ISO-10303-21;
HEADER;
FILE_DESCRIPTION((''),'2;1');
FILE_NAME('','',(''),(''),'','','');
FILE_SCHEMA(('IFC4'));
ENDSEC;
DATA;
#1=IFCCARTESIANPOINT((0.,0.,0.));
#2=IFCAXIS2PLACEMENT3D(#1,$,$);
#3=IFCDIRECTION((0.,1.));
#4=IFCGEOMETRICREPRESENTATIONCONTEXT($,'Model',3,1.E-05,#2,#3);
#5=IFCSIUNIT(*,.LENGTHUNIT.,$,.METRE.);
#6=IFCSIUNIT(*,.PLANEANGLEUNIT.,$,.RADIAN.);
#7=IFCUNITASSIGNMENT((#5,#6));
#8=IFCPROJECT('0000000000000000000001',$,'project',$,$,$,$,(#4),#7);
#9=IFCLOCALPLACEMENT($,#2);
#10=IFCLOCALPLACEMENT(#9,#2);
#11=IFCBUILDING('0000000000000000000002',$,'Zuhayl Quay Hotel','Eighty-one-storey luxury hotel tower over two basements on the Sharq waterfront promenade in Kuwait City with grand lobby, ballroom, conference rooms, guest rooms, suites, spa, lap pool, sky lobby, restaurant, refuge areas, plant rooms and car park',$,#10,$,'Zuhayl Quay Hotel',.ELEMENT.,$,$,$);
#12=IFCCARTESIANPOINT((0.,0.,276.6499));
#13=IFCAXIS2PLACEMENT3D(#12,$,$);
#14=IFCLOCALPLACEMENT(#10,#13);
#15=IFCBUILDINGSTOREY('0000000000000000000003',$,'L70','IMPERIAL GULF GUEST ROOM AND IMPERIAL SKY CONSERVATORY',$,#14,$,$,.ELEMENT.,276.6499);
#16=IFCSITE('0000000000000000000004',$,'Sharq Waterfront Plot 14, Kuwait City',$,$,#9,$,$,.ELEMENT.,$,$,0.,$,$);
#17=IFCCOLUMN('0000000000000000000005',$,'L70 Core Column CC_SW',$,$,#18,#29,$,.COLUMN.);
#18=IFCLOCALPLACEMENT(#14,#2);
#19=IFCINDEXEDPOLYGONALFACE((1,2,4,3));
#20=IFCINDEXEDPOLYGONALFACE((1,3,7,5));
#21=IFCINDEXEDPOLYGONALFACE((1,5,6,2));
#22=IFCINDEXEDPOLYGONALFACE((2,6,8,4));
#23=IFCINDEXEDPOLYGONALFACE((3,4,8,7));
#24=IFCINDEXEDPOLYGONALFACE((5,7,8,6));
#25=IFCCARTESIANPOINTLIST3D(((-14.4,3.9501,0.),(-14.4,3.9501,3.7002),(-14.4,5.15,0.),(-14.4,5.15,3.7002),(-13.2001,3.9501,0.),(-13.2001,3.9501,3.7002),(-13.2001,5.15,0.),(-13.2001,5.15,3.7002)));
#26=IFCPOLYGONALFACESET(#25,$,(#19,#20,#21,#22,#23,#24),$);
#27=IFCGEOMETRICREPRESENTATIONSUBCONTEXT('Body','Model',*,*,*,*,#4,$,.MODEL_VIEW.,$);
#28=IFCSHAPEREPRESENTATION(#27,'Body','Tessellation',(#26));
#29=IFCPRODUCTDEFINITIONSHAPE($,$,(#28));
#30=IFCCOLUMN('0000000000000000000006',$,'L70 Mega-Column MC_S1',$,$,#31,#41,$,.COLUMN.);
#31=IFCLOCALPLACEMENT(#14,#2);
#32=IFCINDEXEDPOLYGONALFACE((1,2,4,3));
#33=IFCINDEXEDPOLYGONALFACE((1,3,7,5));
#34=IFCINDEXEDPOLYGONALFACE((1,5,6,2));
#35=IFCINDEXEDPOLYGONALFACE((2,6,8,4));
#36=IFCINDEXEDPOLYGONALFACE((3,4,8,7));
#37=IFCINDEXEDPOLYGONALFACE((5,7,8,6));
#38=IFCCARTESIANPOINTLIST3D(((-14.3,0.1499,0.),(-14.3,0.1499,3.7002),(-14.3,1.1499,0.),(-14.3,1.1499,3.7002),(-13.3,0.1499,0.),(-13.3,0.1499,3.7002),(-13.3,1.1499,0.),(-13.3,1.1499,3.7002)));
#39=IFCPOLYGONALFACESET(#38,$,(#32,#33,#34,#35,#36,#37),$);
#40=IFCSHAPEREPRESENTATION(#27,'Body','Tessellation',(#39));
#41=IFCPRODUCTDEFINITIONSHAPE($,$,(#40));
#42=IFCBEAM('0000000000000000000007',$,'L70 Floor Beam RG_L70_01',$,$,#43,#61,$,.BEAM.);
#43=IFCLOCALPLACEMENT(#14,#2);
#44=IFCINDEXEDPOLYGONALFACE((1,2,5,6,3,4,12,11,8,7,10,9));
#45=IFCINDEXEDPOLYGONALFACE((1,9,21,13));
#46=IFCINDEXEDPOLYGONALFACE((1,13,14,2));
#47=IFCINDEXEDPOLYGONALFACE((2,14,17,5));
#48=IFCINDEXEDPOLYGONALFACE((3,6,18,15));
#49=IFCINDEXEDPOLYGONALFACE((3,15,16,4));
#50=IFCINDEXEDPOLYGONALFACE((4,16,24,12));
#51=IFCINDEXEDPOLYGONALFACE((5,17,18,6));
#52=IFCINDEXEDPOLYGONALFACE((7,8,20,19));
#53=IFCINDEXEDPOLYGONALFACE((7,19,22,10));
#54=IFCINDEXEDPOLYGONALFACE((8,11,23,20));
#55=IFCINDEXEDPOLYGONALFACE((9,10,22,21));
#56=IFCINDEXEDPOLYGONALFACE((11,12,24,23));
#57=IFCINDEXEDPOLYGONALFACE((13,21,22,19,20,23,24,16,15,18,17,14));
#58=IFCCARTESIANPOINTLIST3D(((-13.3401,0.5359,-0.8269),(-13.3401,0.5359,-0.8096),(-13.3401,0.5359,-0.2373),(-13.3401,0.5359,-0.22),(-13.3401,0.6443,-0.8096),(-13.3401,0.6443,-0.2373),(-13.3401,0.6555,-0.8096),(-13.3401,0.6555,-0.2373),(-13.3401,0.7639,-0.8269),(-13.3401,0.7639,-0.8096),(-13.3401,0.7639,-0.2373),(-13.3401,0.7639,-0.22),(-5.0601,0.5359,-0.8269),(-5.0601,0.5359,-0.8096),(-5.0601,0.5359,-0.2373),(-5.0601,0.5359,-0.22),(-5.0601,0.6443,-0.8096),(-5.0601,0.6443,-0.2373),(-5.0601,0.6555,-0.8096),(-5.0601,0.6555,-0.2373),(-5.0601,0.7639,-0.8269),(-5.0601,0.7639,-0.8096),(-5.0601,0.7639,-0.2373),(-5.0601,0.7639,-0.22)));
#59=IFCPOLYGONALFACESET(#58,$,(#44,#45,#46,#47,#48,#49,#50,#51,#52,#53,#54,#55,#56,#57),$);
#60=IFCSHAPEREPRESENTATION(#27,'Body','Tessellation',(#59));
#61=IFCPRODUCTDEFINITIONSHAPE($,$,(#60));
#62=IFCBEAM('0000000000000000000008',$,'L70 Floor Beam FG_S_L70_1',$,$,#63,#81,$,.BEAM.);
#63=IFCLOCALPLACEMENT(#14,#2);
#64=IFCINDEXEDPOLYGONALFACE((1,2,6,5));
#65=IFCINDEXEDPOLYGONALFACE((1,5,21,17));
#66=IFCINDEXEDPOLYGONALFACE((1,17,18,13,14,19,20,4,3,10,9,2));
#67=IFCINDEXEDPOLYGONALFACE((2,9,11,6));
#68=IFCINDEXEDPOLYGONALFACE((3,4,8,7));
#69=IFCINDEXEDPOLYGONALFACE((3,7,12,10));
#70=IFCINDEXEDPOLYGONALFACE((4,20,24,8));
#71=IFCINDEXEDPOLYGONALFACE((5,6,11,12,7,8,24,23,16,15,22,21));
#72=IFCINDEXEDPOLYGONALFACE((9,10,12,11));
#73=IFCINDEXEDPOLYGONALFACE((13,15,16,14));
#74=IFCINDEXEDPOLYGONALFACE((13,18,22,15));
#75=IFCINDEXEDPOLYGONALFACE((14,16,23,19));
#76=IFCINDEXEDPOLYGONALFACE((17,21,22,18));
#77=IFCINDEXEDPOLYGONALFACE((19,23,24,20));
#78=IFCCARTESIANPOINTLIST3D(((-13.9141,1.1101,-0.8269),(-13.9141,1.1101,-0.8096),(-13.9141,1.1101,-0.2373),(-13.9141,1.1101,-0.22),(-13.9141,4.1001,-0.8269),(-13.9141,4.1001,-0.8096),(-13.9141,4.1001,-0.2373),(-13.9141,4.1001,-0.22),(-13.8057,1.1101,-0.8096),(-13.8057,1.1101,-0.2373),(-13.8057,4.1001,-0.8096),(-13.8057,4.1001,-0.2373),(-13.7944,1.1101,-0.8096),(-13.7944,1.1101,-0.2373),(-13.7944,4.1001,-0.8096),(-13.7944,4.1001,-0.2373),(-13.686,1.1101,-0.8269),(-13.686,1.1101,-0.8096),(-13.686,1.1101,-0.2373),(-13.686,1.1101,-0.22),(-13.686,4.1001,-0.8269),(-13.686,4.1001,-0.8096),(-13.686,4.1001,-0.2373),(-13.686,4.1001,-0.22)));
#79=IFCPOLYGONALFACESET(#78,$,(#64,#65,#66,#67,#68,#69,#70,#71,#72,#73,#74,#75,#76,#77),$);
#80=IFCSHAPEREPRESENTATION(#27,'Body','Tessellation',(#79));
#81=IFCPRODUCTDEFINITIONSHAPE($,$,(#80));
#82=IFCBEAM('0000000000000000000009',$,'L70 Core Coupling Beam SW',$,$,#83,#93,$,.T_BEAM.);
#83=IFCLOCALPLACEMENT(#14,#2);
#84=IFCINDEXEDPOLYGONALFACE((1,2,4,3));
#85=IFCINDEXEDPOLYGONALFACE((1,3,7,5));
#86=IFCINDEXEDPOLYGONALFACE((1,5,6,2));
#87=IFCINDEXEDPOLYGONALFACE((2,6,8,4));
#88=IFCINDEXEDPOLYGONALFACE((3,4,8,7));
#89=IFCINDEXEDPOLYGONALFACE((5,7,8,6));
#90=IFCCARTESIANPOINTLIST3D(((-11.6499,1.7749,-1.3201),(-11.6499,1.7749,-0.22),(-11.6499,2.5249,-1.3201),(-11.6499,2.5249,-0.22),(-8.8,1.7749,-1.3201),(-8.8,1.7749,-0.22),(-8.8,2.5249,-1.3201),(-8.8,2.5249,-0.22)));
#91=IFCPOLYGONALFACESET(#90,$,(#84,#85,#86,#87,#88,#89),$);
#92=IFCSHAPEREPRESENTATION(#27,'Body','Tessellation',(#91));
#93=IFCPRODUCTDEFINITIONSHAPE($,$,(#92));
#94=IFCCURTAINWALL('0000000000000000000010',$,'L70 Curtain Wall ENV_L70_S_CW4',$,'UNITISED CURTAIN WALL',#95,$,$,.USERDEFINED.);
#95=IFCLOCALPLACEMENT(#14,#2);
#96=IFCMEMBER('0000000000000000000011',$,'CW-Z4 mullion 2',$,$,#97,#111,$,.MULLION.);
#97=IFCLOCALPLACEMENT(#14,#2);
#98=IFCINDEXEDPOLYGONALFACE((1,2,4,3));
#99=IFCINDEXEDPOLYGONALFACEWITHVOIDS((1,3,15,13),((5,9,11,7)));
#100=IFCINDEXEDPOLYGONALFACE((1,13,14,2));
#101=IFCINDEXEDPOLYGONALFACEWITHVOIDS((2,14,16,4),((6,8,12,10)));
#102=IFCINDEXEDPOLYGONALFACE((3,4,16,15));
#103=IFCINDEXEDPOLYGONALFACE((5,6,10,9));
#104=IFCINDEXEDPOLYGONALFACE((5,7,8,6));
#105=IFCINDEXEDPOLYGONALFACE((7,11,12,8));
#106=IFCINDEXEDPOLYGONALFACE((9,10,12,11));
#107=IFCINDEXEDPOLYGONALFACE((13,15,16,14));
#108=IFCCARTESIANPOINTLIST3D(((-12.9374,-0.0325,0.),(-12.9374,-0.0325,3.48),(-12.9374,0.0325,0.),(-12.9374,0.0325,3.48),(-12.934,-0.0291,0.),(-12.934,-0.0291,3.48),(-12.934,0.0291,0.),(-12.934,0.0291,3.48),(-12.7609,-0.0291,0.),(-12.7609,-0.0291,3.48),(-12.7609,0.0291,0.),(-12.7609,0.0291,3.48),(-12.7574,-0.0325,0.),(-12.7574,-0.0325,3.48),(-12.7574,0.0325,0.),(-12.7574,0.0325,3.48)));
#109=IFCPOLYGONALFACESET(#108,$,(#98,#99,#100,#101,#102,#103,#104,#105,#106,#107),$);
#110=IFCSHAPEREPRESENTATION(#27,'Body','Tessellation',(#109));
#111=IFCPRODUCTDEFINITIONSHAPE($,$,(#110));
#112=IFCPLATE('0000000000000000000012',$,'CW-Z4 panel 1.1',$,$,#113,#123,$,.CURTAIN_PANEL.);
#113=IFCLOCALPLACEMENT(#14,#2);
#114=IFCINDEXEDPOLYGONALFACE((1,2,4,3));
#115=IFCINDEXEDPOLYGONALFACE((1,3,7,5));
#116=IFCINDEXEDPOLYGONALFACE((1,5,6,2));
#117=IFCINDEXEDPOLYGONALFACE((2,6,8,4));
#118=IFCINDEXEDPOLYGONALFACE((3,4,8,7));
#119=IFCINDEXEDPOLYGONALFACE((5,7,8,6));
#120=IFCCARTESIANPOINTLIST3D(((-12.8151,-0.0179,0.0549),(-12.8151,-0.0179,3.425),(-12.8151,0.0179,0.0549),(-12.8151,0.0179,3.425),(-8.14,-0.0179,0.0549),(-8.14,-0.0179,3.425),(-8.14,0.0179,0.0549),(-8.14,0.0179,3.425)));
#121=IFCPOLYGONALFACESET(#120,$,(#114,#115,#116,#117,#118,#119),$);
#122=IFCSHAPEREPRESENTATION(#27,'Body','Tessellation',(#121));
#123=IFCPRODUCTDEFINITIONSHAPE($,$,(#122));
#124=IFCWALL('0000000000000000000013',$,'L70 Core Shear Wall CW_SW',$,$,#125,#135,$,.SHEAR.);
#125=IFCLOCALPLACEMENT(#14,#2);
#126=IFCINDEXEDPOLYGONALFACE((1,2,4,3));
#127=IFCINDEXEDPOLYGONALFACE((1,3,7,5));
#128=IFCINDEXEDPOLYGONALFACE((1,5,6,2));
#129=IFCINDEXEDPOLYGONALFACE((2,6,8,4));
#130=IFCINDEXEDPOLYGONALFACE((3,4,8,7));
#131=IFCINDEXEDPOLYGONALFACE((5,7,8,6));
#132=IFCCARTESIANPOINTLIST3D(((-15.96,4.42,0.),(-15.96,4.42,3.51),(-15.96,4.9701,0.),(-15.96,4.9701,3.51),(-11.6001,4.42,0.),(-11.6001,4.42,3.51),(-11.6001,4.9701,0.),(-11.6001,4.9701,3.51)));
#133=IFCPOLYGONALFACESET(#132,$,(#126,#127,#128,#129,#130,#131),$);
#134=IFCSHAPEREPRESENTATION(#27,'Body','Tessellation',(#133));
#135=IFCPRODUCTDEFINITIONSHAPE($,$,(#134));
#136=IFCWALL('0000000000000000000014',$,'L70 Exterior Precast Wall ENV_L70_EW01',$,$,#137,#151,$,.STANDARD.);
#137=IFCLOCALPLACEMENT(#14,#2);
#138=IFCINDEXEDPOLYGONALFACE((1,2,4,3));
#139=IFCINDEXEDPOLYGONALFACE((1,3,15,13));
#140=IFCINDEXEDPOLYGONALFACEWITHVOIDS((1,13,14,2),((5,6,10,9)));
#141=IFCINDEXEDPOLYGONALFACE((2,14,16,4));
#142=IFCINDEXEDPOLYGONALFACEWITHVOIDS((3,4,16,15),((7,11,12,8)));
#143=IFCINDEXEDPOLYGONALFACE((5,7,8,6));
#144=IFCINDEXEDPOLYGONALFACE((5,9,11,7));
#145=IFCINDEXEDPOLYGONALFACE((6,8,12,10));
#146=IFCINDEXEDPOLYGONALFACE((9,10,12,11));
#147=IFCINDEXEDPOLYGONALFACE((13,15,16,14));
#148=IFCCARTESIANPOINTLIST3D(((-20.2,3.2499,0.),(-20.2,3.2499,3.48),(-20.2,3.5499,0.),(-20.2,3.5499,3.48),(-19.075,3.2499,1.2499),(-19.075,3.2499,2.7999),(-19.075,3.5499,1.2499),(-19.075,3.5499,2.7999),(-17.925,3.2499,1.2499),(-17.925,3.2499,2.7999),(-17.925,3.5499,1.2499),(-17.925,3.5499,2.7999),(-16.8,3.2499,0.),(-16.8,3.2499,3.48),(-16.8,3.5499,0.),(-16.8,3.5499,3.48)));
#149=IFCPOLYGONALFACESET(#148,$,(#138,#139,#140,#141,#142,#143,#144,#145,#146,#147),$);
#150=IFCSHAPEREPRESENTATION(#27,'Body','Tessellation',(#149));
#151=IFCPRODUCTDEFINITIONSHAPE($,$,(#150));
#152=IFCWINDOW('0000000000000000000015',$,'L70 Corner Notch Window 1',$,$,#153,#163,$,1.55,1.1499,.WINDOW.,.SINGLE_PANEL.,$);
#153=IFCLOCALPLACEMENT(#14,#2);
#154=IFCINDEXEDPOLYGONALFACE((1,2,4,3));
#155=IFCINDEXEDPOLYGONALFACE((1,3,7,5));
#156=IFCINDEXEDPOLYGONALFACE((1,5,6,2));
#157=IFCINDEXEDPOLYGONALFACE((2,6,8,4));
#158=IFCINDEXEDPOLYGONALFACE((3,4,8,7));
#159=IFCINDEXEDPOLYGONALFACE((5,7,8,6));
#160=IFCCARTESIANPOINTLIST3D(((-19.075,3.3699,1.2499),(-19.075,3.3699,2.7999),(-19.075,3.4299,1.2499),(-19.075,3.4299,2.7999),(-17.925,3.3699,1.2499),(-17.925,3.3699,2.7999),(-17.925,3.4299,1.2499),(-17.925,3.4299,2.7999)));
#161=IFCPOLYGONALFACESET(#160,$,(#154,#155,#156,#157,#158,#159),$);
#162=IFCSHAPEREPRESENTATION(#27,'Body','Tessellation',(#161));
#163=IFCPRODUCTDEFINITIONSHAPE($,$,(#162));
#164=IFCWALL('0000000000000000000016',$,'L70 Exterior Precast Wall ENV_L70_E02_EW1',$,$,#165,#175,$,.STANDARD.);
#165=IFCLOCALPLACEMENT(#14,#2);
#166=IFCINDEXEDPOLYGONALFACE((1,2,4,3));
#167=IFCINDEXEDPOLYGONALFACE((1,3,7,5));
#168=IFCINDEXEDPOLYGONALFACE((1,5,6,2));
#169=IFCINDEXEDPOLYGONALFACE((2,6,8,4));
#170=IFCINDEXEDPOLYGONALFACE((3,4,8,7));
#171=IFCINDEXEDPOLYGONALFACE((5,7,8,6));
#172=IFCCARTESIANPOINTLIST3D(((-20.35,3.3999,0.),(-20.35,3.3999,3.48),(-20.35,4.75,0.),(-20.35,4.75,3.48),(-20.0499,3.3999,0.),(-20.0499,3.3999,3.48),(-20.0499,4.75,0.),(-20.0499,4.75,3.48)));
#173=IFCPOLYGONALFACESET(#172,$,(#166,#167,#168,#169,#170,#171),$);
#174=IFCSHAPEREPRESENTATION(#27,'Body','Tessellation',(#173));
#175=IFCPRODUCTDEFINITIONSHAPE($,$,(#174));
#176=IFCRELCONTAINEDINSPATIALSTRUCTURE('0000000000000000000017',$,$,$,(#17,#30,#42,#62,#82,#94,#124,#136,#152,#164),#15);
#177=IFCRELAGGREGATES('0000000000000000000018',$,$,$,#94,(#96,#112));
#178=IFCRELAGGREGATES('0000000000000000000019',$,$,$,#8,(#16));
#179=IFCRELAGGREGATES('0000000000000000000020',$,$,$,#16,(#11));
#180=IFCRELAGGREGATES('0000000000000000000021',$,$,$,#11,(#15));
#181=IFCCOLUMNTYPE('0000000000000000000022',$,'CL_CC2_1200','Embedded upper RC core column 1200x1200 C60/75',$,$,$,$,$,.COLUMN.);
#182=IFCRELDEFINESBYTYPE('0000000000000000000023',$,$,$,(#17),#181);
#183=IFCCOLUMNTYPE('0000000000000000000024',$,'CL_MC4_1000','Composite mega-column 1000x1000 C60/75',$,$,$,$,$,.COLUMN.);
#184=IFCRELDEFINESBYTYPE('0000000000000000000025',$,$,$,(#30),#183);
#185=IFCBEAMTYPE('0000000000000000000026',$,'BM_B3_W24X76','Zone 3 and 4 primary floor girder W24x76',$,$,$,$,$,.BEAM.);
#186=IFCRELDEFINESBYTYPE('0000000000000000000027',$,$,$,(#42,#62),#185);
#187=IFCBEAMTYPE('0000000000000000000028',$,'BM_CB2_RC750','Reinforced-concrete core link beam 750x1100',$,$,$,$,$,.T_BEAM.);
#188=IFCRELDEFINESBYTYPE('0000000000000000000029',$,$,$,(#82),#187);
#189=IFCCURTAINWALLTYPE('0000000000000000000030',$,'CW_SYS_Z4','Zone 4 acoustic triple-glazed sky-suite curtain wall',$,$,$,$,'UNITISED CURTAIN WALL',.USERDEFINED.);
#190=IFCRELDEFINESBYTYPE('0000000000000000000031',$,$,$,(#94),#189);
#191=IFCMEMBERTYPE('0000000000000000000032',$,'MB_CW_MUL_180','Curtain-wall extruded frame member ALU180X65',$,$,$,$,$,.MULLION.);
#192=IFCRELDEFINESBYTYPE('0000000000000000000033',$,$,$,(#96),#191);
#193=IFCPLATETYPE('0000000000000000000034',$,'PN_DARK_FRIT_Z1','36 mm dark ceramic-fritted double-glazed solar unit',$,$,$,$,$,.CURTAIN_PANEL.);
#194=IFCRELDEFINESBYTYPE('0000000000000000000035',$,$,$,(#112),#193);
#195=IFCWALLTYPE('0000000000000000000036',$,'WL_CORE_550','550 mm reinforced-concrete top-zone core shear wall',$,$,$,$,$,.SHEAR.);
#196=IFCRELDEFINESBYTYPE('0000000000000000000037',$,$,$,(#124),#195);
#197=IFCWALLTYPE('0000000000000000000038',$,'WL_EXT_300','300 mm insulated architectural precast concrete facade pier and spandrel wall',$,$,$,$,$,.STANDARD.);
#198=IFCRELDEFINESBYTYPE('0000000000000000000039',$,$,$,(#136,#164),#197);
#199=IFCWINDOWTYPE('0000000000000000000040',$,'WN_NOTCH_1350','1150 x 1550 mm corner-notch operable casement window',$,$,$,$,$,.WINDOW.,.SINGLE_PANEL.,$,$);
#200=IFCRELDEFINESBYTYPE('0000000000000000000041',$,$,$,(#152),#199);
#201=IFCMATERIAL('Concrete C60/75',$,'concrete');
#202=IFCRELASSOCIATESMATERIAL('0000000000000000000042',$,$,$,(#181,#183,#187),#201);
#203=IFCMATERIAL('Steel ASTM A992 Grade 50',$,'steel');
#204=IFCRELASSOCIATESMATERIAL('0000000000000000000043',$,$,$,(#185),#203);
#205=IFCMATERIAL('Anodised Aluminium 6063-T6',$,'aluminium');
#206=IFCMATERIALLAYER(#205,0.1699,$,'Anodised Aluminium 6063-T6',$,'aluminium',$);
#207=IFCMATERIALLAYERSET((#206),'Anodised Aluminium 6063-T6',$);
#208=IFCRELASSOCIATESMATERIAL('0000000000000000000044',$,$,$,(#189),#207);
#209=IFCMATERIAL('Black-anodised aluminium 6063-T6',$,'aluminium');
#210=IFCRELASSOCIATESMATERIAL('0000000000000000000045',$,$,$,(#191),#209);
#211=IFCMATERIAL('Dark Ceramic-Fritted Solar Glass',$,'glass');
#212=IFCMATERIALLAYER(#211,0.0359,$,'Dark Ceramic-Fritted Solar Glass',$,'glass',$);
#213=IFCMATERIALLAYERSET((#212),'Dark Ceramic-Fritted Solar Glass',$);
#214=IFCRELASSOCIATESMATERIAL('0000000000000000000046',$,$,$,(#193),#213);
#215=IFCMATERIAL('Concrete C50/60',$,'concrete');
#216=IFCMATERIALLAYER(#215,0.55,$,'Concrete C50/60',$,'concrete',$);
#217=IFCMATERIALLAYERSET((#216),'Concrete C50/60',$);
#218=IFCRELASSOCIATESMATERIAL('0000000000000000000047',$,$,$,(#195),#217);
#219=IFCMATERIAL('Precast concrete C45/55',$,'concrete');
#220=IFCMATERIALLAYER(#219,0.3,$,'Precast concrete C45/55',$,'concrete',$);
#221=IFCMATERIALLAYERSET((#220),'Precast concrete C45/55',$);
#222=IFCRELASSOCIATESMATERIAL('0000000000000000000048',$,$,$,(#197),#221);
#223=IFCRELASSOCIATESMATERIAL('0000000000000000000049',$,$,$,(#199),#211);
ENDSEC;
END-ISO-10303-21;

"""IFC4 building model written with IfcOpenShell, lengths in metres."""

from ifc_helpers import new_model, si_unit, direction, frame, frame_2d, origin, origin_2d, place, context, subcontext, project, spatial, rectangle, hollow_rectangle, i_section, extrude, material, layer, layer_set, material_profile, profile_set, type_object, element, fill, aggregate, save


model = new_model("IFC4")

# Units and contexts
model_context = context("Model", 3, precision=1e-05, world=origin(), true_north=direction((0.0, 1.0)))
body_context = subcontext(model_context, "Body", "Model", "MODEL_VIEW")
ifc_project = project(units=[si_unit("LENGTHUNIT", "METRE"), si_unit("PLANEANGLEUNIT", "RADIAN")], contexts=[model_context])

# Site, building, storey
site_placement = place(None, origin())
site = spatial("IfcSite", under=ifc_project, at=site_placement, Name="Sharq Waterfront Plot 14, Kuwait City", CompositionType="ELEMENT", RefElevation=0.0)
building_placement = place(site_placement, origin())
building = spatial("IfcBuilding", under=site, at=building_placement, Name="Zuhayl Quay Hotel", Description="Eighty-one-storey luxury hotel tower over two basements on the Sharq waterfront promenade in Kuwait City with grand lobby, ballroom, conference rooms, guest rooms, suites, spa, lap pool, sky lobby, restaurant, refuge areas, plant rooms and car park", LongName="Zuhayl Quay Hotel", CompositionType="ELEMENT")
storey_placement = place(building_placement, frame((0.0, 0.0, 276.6499)))
storey = spatial("IfcBuildingStorey", under=building, at=storey_placement, Name="L70", Description="IMPERIAL GULF GUEST ROOM AND IMPERIAL SKY CONSERVATORY", CompositionType="ELEMENT", Elevation=276.6499)

# Columns
ifc_material_1 = material(Name="Concrete C60/75", Category="concrete")
ifc_material_profile_1 = material_profile(ifc_material_1, rectangle(XDim=1.2, YDim=1.2, at=origin_2d()), Name="RC1200X1200")
ifc_profile_set_1 = profile_set([ifc_material_profile_1], Name="Concrete C60/75")
column_type_1 = type_object("IfcColumnType", Name="CL_CC2_1200", Description="Embedded upper RC core column 1200x1200 C60/75", PredefinedType="COLUMN", material=ifc_profile_set_1)
column_1_placement = place(storey_placement, frame((-13.8, 4.55, 0.0), z_axis=(0.0, 0.0, 1.0), x_axis=(1.0, 0.0, 0.0)))
element("IfcColumn", 1, at=column_1_placement, inside=storey, type_object=column_type_1, Name="L70 Core Column CC_SW", PredefinedType="COLUMN", context=body_context, shape_type="SweptSolid", body=[
    extrude(rectangle(XDim=1.2, YDim=1.2, at=origin_2d()), origin(), (0.0, 0.0, 1.0), 3.7002),
])
ifc_material_profile_2 = material_profile(ifc_material_1, rectangle(XDim=1.0, YDim=1.0, at=origin_2d()), Name="RC1000X1000")
ifc_profile_set_2 = profile_set([ifc_material_profile_2], Name="Concrete C60/75")
column_type_2 = type_object("IfcColumnType", Name="CL_MC4_1000", Description="Composite mega-column 1000x1000 C60/75", PredefinedType="COLUMN", material=ifc_profile_set_2)
column_2_placement = place(storey_placement, frame((-13.8, 0.6499, 0.0), z_axis=(0.0, 0.0, 1.0), x_axis=(1.0, 0.0, 0.0)))
element("IfcColumn", 2, at=column_2_placement, inside=storey, type_object=column_type_2, Name="L70 Mega-Column MC_S1", PredefinedType="COLUMN", context=body_context, shape_type="SweptSolid", body=[
    extrude(rectangle(XDim=1.0, YDim=1.0, at=origin_2d()), origin(), (0.0, 0.0, 1.0), 3.7002),
])

# Beams
ifc_material_2 = material(Name="Steel ASTM A992 Grade 50", Category="steel")
ifc_material_profile_3 = material_profile(ifc_material_2, i_section(OverallWidth=0.228, OverallDepth=0.6069, WebThickness=0.0112, FlangeThickness=0.0173, at=origin_2d()), Name="W24X76")
ifc_profile_set_3 = profile_set([ifc_material_profile_3], Name="Steel ASTM A992 Grade 50")
beam_type_1 = type_object("IfcBeamType", Name="BM_B3_W24X76", Description="Zone 3 and 4 primary floor girder W24x76", PredefinedType="BEAM", material=ifc_profile_set_3)
beam_1_placement = place(storey_placement, frame((-13.3401, 0.6499, -0.5234), z_axis=(1.0, 0.0, 0.0), x_axis=(0.0, 1.0, 0.0)))
element("IfcBeam", 3, at=beam_1_placement, inside=storey, type_object=beam_type_1, Name="L70 Floor Beam RG_L70_01", PredefinedType="BEAM", context=body_context, shape_type="SweptSolid", body=[
    extrude(i_section(OverallWidth=0.228, OverallDepth=0.6069, WebThickness=0.0112, FlangeThickness=0.0173, at=origin_2d()), origin(), (0.0, 0.0, 1.0), 8.28),
])
beam_2_placement = place(storey_placement, frame((-13.8, 1.1101, -0.5234), z_axis=(0.0, 1.0, 0.0), x_axis=(-1.0, 0.0, 0.0)))
element("IfcBeam", 4, at=beam_2_placement, inside=storey, type_object=beam_type_1, Name="L70 Floor Beam FG_S_L70_1", PredefinedType="BEAM", context=body_context, shape_type="SweptSolid", body=[
    extrude(i_section(OverallWidth=0.228, OverallDepth=0.6069, WebThickness=0.0112, FlangeThickness=0.0173, at=origin_2d()), origin(), (0.0, 0.0, 1.0), 2.99),
])
ifc_material_profile_4 = material_profile(ifc_material_1, rectangle(XDim=0.75, YDim=1.1001, at=origin_2d()), Name="RC750X1100")
ifc_profile_set_4 = profile_set([ifc_material_profile_4], Name="Concrete C60/75")
beam_type_2 = type_object("IfcBeamType", Name="BM_CB2_RC750", Description="Reinforced-concrete core link beam 750x1100", PredefinedType="T_BEAM", material=ifc_profile_set_4)
beam_3_placement = place(storey_placement, frame((-11.6499, 2.1499, -0.77), z_axis=(1.0, 0.0, 0.0), x_axis=(0.0, 1.0, 0.0)))
element("IfcBeam", 5, at=beam_3_placement, inside=storey, type_object=beam_type_2, Name="L70 Core Coupling Beam SW", PredefinedType="T_BEAM", context=body_context, shape_type="SweptSolid", body=[
    extrude(rectangle(XDim=0.75, YDim=1.1001, at=origin_2d()), origin(), (0.0, 0.0, 1.0), 2.8499),
])

# Curtain wall, member, plate
ifc_material_3 = material(Name="Anodised Aluminium 6063-T6", Category="aluminium")
ifc_layer_1 = layer(ifc_material_3, 0.1699, Name="Anodised Aluminium 6063-T6", Category="aluminium")
ifc_layer_set_1 = layer_set([ifc_layer_1], Name="Anodised Aluminium 6063-T6")
curtain_wall_type = type_object("IfcCurtainWallType", Name="CW_SYS_Z4", Description="Zone 4 acoustic triple-glazed sky-suite curtain wall", ElementType="UNITISED CURTAIN WALL", PredefinedType="USERDEFINED", material=ifc_layer_set_1)
curtain_wall_placement = place(storey_placement, origin())
curtain_wall = element("IfcCurtainWall", 6, at=curtain_wall_placement, inside=storey, type_object=curtain_wall_type, Name="L70 Curtain Wall ENV_L70_S_CW4", ObjectType="UNITISED CURTAIN WALL", PredefinedType="USERDEFINED")
ifc_material_4 = material(Name="Black-anodised aluminium 6063-T6", Category="aluminium")
ifc_material_profile_5 = material_profile(ifc_material_4, hollow_rectangle(XDim=0.0649, YDim=0.1799, WallThickness=0.0034, at=origin_2d()), Name="ALU180X65")
ifc_profile_set_5 = profile_set([ifc_material_profile_5], Name="Black-anodised aluminium 6063-T6")
member_type = type_object("IfcMemberType", Name="MB_CW_MUL_180", Description="Curtain-wall extruded frame member ALU180X65", PredefinedType="MULLION", material=ifc_profile_set_5)
member_placement = place(storey_placement, frame((-12.8474, 0.0, 0.0), z_axis=(0.0, 0.0, 1.0), x_axis=(0.0, -1.0, 0.0)))
member = element("IfcMember", 7, at=member_placement, type_object=member_type, Name="CW-Z4 mullion 2", PredefinedType="MULLION", context=body_context, shape_type="SweptSolid", body=[
    extrude(hollow_rectangle(XDim=0.0649, YDim=0.1799, WallThickness=0.0034, at=origin_2d()), origin(), (0.0, 0.0, 1.0), 3.48),
])
ifc_material_5 = material(Name="Dark Ceramic-Fritted Solar Glass", Category="glass")
ifc_layer_2 = layer(ifc_material_5, 0.0359, Name="Dark Ceramic-Fritted Solar Glass", Category="glass")
ifc_layer_set_2 = layer_set([ifc_layer_2], Name="Dark Ceramic-Fritted Solar Glass")
plate_type = type_object("IfcPlateType", Name="PN_DARK_FRIT_Z1", Description="36 mm dark ceramic-fritted double-glazed solar unit", PredefinedType="CURTAIN_PANEL", material=ifc_layer_set_2)
plate_placement = place(storey_placement, frame((-10.4775, 0.0, 0.0549), z_axis=(0.0, 0.0, 1.0), x_axis=(-1.0, 0.0, 0.0)))
plate = element("IfcPlate", 8, at=plate_placement, type_object=plate_type, Name="CW-Z4 panel 1.1", PredefinedType="CURTAIN_PANEL", context=body_context, shape_type="SweptSolid", body=[
    extrude(rectangle(XDim=4.675, YDim=0.0359, at=origin_2d()), origin(), (0.0, 0.0, 1.0), 3.3701),
])
aggregate(curtain_wall, [member, plate])

# Wall
ifc_material_6 = material(Name="Concrete C50/60", Category="concrete")
ifc_layer_3 = layer(ifc_material_6, 0.55, Name="Concrete C50/60", Category="concrete")
ifc_layer_set_3 = layer_set([ifc_layer_3], Name="Concrete C50/60")
wall_type_1 = type_object("IfcWallType", Name="WL_CORE_550", Description="550 mm reinforced-concrete top-zone core shear wall", PredefinedType="SHEAR", material=ifc_layer_set_3)
wall_1_placement = place(storey_placement, frame((-15.96, 4.6951, 0.0), z_axis=(0.0, 0.0, 1.0), x_axis=(1.0, 0.0, 0.0)))
element("IfcWall", 9, at=wall_1_placement, inside=storey, type_object=wall_type_1, Name="L70 Core Shear Wall CW_SW", PredefinedType="SHEAR", context=body_context, shape_type="SweptSolid", body=[
    extrude(rectangle(XDim=4.3599, YDim=0.55, at=frame_2d((2.1799, 0.0))), origin(), (0.0, 0.0, 1.0), 3.51),
])

# Wall, opening, window
ifc_material_7 = material(Name="Precast concrete C45/55", Category="concrete")
ifc_layer_4 = layer(ifc_material_7, 0.3, Name="Precast concrete C45/55", Category="concrete")
ifc_layer_set_4 = layer_set([ifc_layer_4], Name="Precast concrete C45/55")
wall_type_2 = type_object("IfcWallType", Name="WL_EXT_300", Description="300 mm insulated architectural precast concrete facade pier and spandrel wall", PredefinedType="STANDARD", material=ifc_layer_set_4)
wall_2_placement = place(storey_placement, frame((-16.8, 3.3999, 0.0), z_axis=(0.0, 0.0, 1.0), x_axis=(-1.0, 0.0, 0.0)))
wall_2 = element("IfcWall", 10, at=wall_2_placement, inside=storey, type_object=wall_type_2, Name="L70 Exterior Precast Wall ENV_L70_EW01", PredefinedType="STANDARD", context=body_context, shape_type="SweptSolid", body=[
    extrude(rectangle(XDim=3.3999, YDim=0.3, at=frame_2d((1.7, 0.0))), origin(), (0.0, 0.0, 1.0), 3.48),
])
opening_1_placement = place(wall_2_placement, frame((1.125, 0.0, 1.25)))
opening_1 = element("IfcOpeningElement", 11, at=opening_1_placement, cuts=wall_2, PredefinedType="OPENING", context=body_context, shape_type="SweptSolid", body=[
    extrude(rectangle(XDim=1.1499, YDim=1.55, at=frame_2d((0.575, 0.7749))), frame((0.0, 0.1599, 0.0), z_axis=(0.0, -1.0, 0.0), x_axis=(1.0, 0.0, 0.0)), (0.0, 0.0, 1.0), 0.3201),
])
window_type = type_object("IfcWindowType", Name="WN_NOTCH_1350", Description="1150 x 1550 mm corner-notch operable casement window", PartitioningType="SINGLE_PANEL", PredefinedType="WINDOW", material=ifc_material_5)
window_1_placement = place(opening_1_placement, origin())
window_1 = element("IfcWindow", 12, at=window_1_placement, inside=storey, type_object=window_type, Name="L70 Corner Notch Window 1", OverallHeight=1.55, OverallWidth=1.1499, PartitioningType="SINGLE_PANEL", PredefinedType="WINDOW", context=body_context, shape_type="SweptSolid", body=[
    extrude(rectangle(XDim=1.1499, YDim=1.55, at=frame_2d((0.575, 0.7749))), frame((0.0, 0.03, 0.0), z_axis=(0.0, -1.0, 0.0), x_axis=(1.0, 0.0, 0.0)), (0.0, 0.0, 1.0), 0.0601),
])
fill(opening_1, window_1)

# Wall
wall_3_placement = place(storey_placement, frame((-20.2, 3.3999, 0.0), z_axis=(0.0, 0.0, 1.0), x_axis=(0.0, 1.0, 0.0)))
element("IfcWall", 13, at=wall_3_placement, inside=storey, type_object=wall_type_2, Name="L70 Exterior Precast Wall ENV_L70_E02_EW1", PredefinedType="STANDARD", context=body_context, shape_type="SweptSolid", body=[
    extrude(rectangle(XDim=1.3501, YDim=0.3, at=frame_2d((0.675, 0.0))), origin(), (0.0, 0.0, 1.0), 3.48),
])

save(model, "model.ifc")
